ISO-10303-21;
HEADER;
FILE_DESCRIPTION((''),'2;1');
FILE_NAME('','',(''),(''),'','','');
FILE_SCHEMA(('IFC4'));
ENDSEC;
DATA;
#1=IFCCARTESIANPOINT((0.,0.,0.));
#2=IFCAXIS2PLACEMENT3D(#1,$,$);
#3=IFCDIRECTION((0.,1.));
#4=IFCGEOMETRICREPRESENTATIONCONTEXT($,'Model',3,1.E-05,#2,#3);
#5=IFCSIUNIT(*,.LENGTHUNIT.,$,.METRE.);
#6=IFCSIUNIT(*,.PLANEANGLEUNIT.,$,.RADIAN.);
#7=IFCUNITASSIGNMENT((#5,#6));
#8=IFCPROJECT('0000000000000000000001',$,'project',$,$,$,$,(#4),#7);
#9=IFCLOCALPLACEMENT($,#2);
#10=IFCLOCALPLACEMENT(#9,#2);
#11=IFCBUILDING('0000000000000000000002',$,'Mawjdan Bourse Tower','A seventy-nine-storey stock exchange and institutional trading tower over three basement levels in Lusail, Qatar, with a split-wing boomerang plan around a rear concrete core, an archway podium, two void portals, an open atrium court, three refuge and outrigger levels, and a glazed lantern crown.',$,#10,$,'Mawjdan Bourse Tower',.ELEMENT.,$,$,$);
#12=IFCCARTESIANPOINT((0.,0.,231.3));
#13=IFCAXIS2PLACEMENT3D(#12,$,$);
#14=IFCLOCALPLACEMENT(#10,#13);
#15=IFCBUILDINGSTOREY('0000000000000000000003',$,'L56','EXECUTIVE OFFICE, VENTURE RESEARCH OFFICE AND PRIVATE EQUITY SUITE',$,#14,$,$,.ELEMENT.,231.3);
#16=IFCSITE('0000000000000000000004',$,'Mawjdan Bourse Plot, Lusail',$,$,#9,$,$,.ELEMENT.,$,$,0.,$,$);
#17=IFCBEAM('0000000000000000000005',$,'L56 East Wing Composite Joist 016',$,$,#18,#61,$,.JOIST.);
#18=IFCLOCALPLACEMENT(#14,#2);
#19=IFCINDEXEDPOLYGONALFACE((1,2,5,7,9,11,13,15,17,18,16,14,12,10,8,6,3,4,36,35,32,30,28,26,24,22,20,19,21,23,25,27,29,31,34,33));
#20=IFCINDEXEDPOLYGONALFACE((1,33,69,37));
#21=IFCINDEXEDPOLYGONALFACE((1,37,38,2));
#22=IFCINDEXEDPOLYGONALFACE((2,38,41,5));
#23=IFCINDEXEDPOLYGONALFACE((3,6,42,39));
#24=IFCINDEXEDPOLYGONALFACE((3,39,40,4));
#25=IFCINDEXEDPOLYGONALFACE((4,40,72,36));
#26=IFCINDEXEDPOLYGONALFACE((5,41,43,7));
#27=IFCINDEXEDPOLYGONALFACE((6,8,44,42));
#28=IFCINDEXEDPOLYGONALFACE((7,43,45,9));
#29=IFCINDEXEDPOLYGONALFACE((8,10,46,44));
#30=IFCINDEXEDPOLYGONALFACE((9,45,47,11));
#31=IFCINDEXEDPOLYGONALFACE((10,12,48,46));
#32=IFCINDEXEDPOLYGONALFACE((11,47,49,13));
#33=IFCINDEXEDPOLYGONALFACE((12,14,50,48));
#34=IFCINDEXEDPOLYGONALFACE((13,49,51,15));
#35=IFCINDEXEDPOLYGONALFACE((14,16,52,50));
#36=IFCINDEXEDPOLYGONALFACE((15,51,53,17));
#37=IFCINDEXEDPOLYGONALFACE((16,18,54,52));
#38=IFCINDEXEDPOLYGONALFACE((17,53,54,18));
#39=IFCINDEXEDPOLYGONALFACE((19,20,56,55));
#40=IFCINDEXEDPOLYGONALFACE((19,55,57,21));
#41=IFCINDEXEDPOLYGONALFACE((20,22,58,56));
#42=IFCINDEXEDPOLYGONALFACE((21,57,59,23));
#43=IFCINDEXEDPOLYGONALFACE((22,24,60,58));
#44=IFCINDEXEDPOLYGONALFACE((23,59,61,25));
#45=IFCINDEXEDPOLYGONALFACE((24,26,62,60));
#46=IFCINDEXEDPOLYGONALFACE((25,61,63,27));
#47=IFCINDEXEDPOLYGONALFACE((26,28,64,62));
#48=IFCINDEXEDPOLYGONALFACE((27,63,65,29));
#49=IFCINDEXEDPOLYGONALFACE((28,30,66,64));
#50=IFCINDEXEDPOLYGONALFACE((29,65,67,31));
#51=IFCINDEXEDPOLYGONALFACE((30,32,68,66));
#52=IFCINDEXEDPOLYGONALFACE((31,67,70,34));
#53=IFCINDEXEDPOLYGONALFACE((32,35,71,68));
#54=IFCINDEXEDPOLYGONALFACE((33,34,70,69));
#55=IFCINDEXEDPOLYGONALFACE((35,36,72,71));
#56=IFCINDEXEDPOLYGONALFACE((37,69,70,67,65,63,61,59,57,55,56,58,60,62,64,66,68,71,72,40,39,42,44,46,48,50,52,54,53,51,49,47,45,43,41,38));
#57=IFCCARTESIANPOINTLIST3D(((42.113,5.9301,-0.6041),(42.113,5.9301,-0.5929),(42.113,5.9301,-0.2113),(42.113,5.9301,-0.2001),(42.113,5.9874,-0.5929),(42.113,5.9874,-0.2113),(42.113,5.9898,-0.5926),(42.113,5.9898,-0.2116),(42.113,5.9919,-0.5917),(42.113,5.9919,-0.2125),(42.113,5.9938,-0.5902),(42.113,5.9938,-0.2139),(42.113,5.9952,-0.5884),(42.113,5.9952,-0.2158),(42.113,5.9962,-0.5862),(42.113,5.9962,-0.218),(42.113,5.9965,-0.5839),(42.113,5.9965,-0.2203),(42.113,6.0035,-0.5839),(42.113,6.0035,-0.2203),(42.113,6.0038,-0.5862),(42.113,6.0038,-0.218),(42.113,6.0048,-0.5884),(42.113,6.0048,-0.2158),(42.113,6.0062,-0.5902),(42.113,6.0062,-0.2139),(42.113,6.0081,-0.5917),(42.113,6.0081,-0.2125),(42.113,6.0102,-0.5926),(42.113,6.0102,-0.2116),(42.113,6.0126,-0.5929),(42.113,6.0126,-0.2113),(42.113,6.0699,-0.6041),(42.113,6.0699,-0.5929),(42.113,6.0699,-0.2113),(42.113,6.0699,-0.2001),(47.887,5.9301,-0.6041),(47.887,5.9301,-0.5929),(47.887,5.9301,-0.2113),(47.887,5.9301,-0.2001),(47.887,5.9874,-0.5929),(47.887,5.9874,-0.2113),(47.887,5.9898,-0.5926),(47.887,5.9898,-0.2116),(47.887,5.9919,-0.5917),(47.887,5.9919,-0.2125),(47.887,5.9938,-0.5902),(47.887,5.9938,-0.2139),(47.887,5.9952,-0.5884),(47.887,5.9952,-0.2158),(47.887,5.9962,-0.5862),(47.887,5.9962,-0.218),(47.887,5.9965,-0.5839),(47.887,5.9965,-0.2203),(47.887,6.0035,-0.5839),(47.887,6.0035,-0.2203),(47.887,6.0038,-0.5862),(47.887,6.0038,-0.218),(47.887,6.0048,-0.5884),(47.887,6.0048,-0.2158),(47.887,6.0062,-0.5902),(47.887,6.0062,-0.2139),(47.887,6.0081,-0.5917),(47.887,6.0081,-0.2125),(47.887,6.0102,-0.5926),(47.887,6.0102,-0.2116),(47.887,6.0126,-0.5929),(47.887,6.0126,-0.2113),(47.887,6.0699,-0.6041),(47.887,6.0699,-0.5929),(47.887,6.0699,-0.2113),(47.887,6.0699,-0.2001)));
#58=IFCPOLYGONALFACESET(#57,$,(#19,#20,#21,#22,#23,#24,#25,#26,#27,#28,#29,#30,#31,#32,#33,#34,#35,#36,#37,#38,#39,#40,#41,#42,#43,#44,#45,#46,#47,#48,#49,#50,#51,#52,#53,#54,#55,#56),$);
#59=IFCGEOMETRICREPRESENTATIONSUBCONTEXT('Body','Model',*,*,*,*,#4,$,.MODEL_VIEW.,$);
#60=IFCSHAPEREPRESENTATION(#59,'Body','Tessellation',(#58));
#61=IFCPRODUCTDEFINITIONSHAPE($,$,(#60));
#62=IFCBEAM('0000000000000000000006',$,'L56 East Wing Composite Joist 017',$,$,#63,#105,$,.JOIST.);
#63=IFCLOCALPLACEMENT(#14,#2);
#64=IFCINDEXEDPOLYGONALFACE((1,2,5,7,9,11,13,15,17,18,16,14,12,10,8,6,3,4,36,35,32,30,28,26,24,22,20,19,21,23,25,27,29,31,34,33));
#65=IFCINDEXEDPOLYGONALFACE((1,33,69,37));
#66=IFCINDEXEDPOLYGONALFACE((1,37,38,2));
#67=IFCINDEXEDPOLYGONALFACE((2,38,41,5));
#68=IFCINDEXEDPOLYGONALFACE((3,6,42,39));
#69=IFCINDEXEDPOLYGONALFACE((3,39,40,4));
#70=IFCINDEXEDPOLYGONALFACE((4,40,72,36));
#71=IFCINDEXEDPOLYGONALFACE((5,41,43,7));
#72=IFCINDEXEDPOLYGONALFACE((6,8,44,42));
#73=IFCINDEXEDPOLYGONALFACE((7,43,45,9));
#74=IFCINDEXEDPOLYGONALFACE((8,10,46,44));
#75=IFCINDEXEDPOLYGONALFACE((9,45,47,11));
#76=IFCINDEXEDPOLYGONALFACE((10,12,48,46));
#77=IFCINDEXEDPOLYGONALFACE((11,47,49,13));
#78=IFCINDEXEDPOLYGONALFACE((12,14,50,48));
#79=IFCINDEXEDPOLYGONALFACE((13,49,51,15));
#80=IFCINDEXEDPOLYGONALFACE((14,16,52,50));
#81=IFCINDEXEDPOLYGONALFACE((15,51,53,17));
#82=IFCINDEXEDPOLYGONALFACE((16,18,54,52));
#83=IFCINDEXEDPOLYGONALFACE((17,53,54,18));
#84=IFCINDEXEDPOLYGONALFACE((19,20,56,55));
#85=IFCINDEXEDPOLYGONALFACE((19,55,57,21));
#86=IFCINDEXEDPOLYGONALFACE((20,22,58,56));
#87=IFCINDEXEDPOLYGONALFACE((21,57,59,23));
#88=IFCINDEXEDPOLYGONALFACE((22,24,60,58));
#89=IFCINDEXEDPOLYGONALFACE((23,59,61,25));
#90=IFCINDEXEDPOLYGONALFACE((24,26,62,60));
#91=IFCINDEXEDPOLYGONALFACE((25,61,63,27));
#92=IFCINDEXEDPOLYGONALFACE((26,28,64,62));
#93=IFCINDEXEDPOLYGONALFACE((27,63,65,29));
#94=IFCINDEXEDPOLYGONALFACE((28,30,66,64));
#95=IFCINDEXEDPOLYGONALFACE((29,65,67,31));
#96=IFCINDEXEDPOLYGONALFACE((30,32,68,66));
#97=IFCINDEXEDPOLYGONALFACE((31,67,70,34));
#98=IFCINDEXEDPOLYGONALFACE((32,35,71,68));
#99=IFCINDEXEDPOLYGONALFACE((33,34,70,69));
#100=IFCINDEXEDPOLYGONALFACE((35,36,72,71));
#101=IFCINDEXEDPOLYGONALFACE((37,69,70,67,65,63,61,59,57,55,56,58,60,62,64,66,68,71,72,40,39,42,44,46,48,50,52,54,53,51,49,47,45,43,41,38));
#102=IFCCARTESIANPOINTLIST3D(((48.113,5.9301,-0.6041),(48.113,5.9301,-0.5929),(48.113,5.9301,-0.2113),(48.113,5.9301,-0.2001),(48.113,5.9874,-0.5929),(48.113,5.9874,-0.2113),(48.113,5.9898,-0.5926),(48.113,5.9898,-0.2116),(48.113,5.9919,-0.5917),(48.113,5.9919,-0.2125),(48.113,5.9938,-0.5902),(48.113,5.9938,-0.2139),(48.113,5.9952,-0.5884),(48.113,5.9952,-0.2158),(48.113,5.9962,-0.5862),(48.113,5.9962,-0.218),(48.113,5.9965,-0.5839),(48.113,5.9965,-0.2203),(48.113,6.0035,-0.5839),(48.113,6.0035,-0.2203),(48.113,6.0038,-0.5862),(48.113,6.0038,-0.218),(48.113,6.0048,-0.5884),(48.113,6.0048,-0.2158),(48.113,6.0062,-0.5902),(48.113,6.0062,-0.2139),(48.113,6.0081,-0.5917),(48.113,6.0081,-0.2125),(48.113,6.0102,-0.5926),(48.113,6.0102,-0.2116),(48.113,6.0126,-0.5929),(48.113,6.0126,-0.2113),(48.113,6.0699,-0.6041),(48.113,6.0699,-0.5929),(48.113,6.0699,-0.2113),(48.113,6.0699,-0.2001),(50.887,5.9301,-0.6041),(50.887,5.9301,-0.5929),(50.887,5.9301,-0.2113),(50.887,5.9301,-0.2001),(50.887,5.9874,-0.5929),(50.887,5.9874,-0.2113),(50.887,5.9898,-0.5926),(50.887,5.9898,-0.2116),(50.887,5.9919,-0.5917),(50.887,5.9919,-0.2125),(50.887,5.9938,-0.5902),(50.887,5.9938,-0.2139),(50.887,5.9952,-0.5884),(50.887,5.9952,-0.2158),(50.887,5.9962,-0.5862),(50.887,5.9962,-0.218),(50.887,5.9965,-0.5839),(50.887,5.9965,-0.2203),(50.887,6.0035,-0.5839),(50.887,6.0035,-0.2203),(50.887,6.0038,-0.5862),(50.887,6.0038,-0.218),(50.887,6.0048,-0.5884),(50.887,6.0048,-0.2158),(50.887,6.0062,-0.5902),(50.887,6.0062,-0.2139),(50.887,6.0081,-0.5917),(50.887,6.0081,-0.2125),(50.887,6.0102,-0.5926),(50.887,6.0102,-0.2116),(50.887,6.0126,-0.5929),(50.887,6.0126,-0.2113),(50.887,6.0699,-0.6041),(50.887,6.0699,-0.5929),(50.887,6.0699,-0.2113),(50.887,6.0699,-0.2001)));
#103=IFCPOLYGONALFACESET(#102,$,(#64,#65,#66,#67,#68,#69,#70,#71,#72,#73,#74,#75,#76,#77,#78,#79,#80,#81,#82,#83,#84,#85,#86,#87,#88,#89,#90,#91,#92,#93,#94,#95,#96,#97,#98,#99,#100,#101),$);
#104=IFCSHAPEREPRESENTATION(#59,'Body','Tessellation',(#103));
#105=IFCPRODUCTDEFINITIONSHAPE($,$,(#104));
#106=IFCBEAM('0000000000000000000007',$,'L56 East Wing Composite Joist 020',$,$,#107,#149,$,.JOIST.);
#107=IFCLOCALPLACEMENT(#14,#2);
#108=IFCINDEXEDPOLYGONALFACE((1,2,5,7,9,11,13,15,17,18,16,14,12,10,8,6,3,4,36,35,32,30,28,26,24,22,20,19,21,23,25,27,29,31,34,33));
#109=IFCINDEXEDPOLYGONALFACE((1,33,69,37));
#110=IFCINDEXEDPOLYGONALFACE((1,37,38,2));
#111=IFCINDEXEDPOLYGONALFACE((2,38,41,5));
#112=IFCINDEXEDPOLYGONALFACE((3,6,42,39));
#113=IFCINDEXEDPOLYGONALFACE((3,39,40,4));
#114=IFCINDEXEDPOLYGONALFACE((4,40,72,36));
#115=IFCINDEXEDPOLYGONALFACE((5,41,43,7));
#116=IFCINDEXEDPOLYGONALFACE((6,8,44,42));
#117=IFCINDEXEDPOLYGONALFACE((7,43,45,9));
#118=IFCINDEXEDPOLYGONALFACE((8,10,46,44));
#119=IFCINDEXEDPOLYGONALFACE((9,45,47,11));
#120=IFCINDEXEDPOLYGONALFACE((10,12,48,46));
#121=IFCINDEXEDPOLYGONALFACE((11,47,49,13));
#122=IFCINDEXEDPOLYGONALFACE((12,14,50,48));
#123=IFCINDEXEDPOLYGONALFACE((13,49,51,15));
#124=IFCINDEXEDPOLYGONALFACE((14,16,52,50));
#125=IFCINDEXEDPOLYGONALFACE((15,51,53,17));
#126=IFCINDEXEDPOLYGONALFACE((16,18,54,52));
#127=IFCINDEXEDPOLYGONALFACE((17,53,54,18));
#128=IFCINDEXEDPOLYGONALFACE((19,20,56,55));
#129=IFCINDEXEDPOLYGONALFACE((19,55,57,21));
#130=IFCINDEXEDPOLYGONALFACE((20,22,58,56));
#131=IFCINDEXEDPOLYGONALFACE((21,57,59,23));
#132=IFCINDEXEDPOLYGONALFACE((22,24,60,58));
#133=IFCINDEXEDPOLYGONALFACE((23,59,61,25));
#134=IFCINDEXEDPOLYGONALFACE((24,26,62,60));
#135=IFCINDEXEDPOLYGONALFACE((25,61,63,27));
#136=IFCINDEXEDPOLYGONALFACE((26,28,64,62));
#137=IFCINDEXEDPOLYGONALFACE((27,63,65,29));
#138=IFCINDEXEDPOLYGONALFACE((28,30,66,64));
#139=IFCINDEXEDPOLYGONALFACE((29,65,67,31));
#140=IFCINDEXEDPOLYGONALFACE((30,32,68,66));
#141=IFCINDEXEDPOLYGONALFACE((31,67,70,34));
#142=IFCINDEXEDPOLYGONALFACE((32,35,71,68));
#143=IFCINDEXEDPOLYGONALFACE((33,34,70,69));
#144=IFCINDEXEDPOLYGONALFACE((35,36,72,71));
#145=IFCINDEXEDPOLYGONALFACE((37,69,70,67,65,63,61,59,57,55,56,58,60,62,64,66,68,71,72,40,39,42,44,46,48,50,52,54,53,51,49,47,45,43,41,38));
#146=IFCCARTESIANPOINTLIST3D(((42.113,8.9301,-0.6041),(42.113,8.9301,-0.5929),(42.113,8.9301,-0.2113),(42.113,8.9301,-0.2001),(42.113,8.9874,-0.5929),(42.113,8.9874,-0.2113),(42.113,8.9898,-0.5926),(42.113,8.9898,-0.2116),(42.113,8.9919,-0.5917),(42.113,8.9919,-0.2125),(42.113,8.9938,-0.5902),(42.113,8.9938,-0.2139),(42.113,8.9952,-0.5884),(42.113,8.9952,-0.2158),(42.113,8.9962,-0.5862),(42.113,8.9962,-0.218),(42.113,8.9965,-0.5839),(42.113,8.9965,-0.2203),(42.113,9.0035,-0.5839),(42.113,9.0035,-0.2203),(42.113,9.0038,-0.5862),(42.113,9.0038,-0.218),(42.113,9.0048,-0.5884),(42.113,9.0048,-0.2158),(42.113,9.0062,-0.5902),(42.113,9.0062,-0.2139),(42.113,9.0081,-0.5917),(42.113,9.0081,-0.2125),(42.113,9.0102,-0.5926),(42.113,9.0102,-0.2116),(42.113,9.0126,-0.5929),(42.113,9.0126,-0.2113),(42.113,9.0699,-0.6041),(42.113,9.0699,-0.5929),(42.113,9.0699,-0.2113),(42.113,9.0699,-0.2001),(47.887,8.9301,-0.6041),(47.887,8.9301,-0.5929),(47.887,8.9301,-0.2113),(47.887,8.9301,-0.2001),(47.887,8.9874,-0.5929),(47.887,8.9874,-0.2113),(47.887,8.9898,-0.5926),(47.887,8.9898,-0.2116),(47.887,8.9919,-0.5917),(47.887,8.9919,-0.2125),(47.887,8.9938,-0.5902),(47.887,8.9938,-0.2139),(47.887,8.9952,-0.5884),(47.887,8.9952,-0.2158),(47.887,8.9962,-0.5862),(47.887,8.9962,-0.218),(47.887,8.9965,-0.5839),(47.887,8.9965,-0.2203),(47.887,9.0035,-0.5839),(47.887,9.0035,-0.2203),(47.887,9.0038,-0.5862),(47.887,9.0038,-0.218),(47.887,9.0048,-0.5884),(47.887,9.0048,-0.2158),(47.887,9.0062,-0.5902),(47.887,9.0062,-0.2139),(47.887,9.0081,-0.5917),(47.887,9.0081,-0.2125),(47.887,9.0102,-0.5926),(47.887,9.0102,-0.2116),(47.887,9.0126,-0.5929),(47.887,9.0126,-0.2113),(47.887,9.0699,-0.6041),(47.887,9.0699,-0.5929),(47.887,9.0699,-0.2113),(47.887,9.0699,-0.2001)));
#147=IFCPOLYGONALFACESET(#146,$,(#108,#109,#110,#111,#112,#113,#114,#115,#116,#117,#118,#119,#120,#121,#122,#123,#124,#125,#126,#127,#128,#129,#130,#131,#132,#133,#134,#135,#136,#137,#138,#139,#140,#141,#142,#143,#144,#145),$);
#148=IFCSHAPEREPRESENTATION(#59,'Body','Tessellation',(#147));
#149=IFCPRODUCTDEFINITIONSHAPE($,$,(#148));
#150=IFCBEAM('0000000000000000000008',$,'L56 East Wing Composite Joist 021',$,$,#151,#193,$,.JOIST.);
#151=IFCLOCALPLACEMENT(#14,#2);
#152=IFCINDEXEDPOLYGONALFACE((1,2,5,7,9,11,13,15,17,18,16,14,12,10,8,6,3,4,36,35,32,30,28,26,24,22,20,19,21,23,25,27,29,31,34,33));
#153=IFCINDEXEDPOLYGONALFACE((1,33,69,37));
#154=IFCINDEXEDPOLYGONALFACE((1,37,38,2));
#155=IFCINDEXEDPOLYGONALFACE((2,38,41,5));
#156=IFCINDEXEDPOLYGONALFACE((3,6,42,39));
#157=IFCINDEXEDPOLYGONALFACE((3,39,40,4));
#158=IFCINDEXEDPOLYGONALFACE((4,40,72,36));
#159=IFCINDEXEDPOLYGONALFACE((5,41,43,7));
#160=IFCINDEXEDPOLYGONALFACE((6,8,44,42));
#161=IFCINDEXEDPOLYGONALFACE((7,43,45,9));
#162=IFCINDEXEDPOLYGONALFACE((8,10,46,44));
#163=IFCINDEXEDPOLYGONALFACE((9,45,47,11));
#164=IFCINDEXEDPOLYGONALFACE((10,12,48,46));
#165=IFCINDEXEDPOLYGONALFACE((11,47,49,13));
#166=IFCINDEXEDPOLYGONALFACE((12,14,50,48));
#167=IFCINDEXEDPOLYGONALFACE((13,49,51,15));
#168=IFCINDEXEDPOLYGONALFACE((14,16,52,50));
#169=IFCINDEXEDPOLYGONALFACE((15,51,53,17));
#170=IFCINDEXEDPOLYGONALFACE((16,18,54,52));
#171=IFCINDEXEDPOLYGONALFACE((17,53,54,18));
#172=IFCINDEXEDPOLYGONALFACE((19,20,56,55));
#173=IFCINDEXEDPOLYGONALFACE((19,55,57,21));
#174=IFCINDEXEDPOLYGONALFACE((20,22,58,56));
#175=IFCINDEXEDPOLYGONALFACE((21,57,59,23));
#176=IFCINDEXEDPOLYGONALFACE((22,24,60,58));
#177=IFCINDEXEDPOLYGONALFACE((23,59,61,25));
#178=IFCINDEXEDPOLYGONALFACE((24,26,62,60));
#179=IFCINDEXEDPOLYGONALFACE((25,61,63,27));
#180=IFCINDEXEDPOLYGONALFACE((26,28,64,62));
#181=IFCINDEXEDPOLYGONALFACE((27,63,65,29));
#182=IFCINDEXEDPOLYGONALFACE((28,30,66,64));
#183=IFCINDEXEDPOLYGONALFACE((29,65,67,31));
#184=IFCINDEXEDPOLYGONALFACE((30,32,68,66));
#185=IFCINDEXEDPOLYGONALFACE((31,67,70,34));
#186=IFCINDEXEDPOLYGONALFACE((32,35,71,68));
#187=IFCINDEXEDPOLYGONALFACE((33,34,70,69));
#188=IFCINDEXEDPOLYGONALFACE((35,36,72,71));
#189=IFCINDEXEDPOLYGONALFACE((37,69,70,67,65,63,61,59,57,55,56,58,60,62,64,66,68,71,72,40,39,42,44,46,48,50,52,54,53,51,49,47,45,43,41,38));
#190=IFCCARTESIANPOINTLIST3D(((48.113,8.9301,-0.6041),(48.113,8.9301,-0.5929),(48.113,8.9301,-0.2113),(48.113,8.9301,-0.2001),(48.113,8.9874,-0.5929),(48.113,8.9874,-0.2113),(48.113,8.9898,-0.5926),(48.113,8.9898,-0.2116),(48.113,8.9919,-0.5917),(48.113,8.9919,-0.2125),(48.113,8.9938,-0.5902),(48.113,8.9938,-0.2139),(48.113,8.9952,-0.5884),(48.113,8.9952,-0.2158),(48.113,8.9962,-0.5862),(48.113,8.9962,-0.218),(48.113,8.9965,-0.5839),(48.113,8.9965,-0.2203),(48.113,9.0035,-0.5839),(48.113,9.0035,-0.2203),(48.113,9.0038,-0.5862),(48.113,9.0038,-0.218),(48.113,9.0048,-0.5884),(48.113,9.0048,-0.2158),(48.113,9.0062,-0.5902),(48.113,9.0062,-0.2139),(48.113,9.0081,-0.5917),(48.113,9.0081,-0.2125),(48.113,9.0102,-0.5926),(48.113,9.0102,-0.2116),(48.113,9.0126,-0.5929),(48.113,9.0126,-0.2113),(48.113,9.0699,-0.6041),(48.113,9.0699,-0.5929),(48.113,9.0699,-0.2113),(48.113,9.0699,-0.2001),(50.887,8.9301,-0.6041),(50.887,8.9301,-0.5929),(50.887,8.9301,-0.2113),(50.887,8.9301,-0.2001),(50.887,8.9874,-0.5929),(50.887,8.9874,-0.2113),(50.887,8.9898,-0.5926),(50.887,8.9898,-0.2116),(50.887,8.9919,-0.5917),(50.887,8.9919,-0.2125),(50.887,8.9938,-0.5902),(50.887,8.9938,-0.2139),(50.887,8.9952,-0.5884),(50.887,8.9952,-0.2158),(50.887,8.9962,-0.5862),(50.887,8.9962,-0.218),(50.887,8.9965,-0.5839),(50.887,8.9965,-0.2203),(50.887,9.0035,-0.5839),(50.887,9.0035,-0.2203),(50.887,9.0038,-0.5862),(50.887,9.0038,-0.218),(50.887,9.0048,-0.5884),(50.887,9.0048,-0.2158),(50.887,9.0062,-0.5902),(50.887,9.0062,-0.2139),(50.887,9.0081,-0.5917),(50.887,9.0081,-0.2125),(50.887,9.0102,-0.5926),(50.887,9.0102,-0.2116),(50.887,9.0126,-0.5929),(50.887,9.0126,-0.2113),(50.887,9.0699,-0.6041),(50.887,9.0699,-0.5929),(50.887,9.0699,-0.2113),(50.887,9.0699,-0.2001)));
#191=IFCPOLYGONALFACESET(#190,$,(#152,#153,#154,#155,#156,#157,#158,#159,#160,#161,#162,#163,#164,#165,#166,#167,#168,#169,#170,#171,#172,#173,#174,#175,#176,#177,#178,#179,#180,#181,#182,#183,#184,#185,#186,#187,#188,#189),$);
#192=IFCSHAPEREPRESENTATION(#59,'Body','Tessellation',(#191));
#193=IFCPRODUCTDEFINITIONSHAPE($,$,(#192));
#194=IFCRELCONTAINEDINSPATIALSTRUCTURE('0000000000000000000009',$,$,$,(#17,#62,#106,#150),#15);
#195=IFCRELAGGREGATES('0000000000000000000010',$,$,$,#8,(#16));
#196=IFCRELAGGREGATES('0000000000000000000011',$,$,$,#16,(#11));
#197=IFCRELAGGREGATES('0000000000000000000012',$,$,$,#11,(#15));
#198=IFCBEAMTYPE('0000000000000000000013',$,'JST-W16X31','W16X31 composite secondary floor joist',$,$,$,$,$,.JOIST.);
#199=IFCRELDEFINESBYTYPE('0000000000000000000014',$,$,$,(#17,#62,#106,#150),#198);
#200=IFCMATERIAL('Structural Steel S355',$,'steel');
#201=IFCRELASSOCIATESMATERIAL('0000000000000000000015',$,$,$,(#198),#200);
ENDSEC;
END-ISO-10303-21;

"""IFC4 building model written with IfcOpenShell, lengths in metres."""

from ifc_helpers import new_model, si_unit, direction, frame, origin, origin_2d, place, context, subcontext, project, spatial, i_section, extrude, material, material_profile, profile_set, type_object, element, save


model = new_model("IFC4")

# Units and contexts
model_context = context("Model", 3, precision=1e-05, world=origin(), true_north=direction((0.0, 1.0)))
body_context = subcontext(model_context, "Body", "Model", "MODEL_VIEW")
ifc_project = project(units=[si_unit("LENGTHUNIT", "METRE"), si_unit("PLANEANGLEUNIT", "RADIAN")], contexts=[model_context])

# Site, building, storey
site_placement = place(None, origin())
site = spatial("IfcSite", under=ifc_project, at=site_placement, Name="Mawjdan Bourse Plot, Lusail", CompositionType="ELEMENT", RefElevation=0.0)
building_placement = place(site_placement, origin())
building = spatial("IfcBuilding", under=site, at=building_placement, Name="Mawjdan Bourse Tower", Description="A seventy-nine-storey stock exchange and institutional trading tower over three basement levels in Lusail, Qatar, with a split-wing boomerang plan around a rear concrete core, an archway podium, two void portals, an open atrium court, three refuge and outrigger levels, and a glazed lantern crown.", LongName="Mawjdan Bourse Tower", CompositionType="ELEMENT")
storey_placement = place(building_placement, frame((0.0, 0.0, 231.3)))
storey = spatial("IfcBuildingStorey", under=building, at=storey_placement, Name="L56", Description="EXECUTIVE OFFICE, VENTURE RESEARCH OFFICE AND PRIVATE EQUITY SUITE", CompositionType="ELEMENT", Elevation=231.3)

# Beams
ifc_material_1 = material(Name="Structural Steel S355", Category="steel")
ifc_material_profile_1 = material_profile(ifc_material_1, i_section(OverallWidth=0.1399, OverallDepth=0.4041, WebThickness=0.0071, FlangeThickness=0.0112, FilletRadius=0.009, at=origin_2d()), Name="W16X31")
ifc_profile_set_1 = profile_set([ifc_material_profile_1], Name="Structural Steel S355")
beam_type_1 = type_object("IfcBeamType", Name="JST-W16X31", Description="W16X31 composite secondary floor joist", PredefinedType="JOIST", material=ifc_profile_set_1)
beam_1_placement = place(storey_placement, frame((42.113, 6.0, -0.4021), z_axis=(1.0, 0.0, 0.0), x_axis=(0.0, 1.0, 0.0)))
element("IfcBeam", 1, at=beam_1_placement, inside=storey, type_object=beam_type_1, Name="L56 East Wing Composite Joist 016", PredefinedType="JOIST", context=body_context, shape_type="SweptSolid", body=[
    extrude(i_section(OverallWidth=0.1399, OverallDepth=0.4041, WebThickness=0.0071, FlangeThickness=0.0112, FilletRadius=0.009, at=origin_2d()), origin(), (0.0, 0.0, 1.0), 5.7739),
])
beam_2_placement = place(storey_placement, frame((48.113, 6.0, -0.4021), z_axis=(1.0, 0.0, 0.0), x_axis=(0.0, 1.0, 0.0)))
element("IfcBeam", 2, at=beam_2_placement, inside=storey, type_object=beam_type_1, Name="L56 East Wing Composite Joist 017", PredefinedType="JOIST", context=body_context, shape_type="SweptSolid", body=[
    extrude(i_section(OverallWidth=0.1399, OverallDepth=0.4041, WebThickness=0.0071, FlangeThickness=0.0112, FilletRadius=0.009, at=origin_2d()), origin(), (0.0, 0.0, 1.0), 2.7739),
])
beam_3_placement = place(storey_placement, frame((42.113, 9.0, -0.4021), z_axis=(1.0, 0.0, 0.0), x_axis=(0.0, 1.0, 0.0)))
element("IfcBeam", 3, at=beam_3_placement, inside=storey, type_object=beam_type_1, Name="L56 East Wing Composite Joist 020", PredefinedType="JOIST", context=body_context, shape_type="SweptSolid", body=[
    extrude(i_section(OverallWidth=0.1399, OverallDepth=0.4041, WebThickness=0.0071, FlangeThickness=0.0112, FilletRadius=0.009, at=origin_2d()), origin(), (0.0, 0.0, 1.0), 5.7739),
])
beam_4_placement = place(storey_placement, frame((48.113, 9.0, -0.4021), z_axis=(1.0, 0.0, 0.0), x_axis=(0.0, 1.0, 0.0)))
element("IfcBeam", 4, at=beam_4_placement, inside=storey, type_object=beam_type_1, Name="L56 East Wing Composite Joist 021", PredefinedType="JOIST", context=body_context, shape_type="SweptSolid", body=[
    extrude(i_section(OverallWidth=0.1399, OverallDepth=0.4041, WebThickness=0.0071, FlangeThickness=0.0112, FilletRadius=0.009, at=origin_2d()), origin(), (0.0, 0.0, 1.0), 2.7739),
])

save(model, "model.ifc")
